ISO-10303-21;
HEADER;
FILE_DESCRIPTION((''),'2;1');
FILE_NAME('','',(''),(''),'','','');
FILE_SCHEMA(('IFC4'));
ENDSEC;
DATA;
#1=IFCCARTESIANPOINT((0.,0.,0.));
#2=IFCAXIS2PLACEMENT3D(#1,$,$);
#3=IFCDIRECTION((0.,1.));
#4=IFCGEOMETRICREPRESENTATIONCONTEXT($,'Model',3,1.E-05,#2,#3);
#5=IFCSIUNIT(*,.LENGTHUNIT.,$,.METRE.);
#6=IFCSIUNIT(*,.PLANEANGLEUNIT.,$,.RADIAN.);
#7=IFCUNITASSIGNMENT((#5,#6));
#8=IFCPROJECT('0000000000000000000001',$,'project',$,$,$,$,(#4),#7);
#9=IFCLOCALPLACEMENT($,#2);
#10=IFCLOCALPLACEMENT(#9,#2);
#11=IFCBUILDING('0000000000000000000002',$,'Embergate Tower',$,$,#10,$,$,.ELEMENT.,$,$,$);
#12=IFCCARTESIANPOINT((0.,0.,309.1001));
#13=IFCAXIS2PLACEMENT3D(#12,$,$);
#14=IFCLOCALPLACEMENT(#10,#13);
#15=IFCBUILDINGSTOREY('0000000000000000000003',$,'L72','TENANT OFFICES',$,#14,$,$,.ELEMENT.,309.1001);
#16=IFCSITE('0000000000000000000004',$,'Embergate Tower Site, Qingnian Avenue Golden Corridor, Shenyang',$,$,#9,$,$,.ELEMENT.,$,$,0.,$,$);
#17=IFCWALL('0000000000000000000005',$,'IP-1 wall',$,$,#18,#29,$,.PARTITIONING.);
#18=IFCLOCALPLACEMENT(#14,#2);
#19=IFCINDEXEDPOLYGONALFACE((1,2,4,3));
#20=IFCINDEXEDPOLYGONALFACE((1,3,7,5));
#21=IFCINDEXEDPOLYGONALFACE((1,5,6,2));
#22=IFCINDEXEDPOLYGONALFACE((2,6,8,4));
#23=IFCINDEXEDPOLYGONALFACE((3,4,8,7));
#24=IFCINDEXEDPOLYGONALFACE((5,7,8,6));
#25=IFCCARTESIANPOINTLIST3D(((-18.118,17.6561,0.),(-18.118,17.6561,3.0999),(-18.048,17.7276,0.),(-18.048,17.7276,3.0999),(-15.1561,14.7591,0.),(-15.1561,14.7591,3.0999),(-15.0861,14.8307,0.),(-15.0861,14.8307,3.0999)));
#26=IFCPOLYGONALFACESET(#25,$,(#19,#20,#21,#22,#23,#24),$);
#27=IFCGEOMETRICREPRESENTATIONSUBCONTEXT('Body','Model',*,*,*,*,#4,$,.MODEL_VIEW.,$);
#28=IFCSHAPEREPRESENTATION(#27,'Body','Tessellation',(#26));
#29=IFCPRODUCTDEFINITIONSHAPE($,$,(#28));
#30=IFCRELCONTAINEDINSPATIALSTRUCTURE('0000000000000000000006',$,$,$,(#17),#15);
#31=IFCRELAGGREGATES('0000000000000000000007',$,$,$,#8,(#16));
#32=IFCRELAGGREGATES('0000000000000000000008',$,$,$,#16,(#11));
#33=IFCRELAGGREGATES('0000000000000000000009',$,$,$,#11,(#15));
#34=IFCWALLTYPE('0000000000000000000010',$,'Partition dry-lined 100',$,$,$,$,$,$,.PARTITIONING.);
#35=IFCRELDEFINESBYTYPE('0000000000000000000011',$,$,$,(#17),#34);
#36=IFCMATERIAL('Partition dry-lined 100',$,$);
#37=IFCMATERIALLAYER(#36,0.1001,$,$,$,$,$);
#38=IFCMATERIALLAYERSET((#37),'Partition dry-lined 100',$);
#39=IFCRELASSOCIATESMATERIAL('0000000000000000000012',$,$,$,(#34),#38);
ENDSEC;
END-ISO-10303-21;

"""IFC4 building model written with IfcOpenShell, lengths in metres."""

from ifc_helpers import new_model, si_unit, direction, frame, frame_2d, origin, place, context, subcontext, project, spatial, rectangle, extrude, source, transform, mapped, material, layer, layer_set, type_object, element, save


model = new_model("IFC4")

# Units and contexts
model_context = context("Model", 3, precision=1e-05, world=origin(), true_north=direction((0.0, 1.0)))
body_context = subcontext(model_context, "Body", "Model", "MODEL_VIEW")
ifc_project = project(units=[si_unit("LENGTHUNIT", "METRE"), si_unit("PLANEANGLEUNIT", "RADIAN")], contexts=[model_context])

# Site, building, storey
site_placement = place(None, origin())
site = spatial("IfcSite", under=ifc_project, at=site_placement, Name="Embergate Tower Site, Qingnian Avenue Golden Corridor, Shenyang", CompositionType="ELEMENT", RefElevation=0.0)
building_placement = place(site_placement, origin())
building = spatial("IfcBuilding", under=site, at=building_placement, Name="Embergate Tower", CompositionType="ELEMENT")
storey_placement = place(building_placement, frame((0.0, 0.0, 309.1001)))
storey = spatial("IfcBuildingStorey", under=building, at=storey_placement, Name="L72", Description="TENANT OFFICES", CompositionType="ELEMENT", Elevation=309.1001)

# Wall
ifc_material_1 = material(Name="Partition dry-lined 100")
ifc_layer_1 = layer(ifc_material_1, 0.1001)
ifc_layer_set_1 = layer_set([ifc_layer_1], Name="Partition dry-lined 100")
wall_type = type_object("IfcWallType", Name="Partition dry-lined 100", PredefinedType="PARTITIONING", material=ifc_layer_set_1)
shared_shape_1 = source(origin(), body_context, "Body", "SweptSolid", [
    extrude(rectangle(XDim=4.1431, YDim=0.1001, at=frame_2d((2.0715, 0.0))), origin(), (0.0, 0.0, 1.0), 3.0999),
])
wall_1_placement = place(storey_placement, frame((-15.1211, 14.7949, 0.0), z_axis=(0.0, 0.0, 1.0), x_axis=(-0.714901, 0.699226, 0.0)))
element("IfcWall", 1, at=wall_1_placement, inside=storey, type_object=wall_type, Name="IP-1 wall", PredefinedType="PARTITIONING", context=body_context, shape_type="MappedRepresentation", body=[
    mapped(shared_shape_1, transform((0.0, 0.0, 0.0))),
])

save(model, "model.ifc")
